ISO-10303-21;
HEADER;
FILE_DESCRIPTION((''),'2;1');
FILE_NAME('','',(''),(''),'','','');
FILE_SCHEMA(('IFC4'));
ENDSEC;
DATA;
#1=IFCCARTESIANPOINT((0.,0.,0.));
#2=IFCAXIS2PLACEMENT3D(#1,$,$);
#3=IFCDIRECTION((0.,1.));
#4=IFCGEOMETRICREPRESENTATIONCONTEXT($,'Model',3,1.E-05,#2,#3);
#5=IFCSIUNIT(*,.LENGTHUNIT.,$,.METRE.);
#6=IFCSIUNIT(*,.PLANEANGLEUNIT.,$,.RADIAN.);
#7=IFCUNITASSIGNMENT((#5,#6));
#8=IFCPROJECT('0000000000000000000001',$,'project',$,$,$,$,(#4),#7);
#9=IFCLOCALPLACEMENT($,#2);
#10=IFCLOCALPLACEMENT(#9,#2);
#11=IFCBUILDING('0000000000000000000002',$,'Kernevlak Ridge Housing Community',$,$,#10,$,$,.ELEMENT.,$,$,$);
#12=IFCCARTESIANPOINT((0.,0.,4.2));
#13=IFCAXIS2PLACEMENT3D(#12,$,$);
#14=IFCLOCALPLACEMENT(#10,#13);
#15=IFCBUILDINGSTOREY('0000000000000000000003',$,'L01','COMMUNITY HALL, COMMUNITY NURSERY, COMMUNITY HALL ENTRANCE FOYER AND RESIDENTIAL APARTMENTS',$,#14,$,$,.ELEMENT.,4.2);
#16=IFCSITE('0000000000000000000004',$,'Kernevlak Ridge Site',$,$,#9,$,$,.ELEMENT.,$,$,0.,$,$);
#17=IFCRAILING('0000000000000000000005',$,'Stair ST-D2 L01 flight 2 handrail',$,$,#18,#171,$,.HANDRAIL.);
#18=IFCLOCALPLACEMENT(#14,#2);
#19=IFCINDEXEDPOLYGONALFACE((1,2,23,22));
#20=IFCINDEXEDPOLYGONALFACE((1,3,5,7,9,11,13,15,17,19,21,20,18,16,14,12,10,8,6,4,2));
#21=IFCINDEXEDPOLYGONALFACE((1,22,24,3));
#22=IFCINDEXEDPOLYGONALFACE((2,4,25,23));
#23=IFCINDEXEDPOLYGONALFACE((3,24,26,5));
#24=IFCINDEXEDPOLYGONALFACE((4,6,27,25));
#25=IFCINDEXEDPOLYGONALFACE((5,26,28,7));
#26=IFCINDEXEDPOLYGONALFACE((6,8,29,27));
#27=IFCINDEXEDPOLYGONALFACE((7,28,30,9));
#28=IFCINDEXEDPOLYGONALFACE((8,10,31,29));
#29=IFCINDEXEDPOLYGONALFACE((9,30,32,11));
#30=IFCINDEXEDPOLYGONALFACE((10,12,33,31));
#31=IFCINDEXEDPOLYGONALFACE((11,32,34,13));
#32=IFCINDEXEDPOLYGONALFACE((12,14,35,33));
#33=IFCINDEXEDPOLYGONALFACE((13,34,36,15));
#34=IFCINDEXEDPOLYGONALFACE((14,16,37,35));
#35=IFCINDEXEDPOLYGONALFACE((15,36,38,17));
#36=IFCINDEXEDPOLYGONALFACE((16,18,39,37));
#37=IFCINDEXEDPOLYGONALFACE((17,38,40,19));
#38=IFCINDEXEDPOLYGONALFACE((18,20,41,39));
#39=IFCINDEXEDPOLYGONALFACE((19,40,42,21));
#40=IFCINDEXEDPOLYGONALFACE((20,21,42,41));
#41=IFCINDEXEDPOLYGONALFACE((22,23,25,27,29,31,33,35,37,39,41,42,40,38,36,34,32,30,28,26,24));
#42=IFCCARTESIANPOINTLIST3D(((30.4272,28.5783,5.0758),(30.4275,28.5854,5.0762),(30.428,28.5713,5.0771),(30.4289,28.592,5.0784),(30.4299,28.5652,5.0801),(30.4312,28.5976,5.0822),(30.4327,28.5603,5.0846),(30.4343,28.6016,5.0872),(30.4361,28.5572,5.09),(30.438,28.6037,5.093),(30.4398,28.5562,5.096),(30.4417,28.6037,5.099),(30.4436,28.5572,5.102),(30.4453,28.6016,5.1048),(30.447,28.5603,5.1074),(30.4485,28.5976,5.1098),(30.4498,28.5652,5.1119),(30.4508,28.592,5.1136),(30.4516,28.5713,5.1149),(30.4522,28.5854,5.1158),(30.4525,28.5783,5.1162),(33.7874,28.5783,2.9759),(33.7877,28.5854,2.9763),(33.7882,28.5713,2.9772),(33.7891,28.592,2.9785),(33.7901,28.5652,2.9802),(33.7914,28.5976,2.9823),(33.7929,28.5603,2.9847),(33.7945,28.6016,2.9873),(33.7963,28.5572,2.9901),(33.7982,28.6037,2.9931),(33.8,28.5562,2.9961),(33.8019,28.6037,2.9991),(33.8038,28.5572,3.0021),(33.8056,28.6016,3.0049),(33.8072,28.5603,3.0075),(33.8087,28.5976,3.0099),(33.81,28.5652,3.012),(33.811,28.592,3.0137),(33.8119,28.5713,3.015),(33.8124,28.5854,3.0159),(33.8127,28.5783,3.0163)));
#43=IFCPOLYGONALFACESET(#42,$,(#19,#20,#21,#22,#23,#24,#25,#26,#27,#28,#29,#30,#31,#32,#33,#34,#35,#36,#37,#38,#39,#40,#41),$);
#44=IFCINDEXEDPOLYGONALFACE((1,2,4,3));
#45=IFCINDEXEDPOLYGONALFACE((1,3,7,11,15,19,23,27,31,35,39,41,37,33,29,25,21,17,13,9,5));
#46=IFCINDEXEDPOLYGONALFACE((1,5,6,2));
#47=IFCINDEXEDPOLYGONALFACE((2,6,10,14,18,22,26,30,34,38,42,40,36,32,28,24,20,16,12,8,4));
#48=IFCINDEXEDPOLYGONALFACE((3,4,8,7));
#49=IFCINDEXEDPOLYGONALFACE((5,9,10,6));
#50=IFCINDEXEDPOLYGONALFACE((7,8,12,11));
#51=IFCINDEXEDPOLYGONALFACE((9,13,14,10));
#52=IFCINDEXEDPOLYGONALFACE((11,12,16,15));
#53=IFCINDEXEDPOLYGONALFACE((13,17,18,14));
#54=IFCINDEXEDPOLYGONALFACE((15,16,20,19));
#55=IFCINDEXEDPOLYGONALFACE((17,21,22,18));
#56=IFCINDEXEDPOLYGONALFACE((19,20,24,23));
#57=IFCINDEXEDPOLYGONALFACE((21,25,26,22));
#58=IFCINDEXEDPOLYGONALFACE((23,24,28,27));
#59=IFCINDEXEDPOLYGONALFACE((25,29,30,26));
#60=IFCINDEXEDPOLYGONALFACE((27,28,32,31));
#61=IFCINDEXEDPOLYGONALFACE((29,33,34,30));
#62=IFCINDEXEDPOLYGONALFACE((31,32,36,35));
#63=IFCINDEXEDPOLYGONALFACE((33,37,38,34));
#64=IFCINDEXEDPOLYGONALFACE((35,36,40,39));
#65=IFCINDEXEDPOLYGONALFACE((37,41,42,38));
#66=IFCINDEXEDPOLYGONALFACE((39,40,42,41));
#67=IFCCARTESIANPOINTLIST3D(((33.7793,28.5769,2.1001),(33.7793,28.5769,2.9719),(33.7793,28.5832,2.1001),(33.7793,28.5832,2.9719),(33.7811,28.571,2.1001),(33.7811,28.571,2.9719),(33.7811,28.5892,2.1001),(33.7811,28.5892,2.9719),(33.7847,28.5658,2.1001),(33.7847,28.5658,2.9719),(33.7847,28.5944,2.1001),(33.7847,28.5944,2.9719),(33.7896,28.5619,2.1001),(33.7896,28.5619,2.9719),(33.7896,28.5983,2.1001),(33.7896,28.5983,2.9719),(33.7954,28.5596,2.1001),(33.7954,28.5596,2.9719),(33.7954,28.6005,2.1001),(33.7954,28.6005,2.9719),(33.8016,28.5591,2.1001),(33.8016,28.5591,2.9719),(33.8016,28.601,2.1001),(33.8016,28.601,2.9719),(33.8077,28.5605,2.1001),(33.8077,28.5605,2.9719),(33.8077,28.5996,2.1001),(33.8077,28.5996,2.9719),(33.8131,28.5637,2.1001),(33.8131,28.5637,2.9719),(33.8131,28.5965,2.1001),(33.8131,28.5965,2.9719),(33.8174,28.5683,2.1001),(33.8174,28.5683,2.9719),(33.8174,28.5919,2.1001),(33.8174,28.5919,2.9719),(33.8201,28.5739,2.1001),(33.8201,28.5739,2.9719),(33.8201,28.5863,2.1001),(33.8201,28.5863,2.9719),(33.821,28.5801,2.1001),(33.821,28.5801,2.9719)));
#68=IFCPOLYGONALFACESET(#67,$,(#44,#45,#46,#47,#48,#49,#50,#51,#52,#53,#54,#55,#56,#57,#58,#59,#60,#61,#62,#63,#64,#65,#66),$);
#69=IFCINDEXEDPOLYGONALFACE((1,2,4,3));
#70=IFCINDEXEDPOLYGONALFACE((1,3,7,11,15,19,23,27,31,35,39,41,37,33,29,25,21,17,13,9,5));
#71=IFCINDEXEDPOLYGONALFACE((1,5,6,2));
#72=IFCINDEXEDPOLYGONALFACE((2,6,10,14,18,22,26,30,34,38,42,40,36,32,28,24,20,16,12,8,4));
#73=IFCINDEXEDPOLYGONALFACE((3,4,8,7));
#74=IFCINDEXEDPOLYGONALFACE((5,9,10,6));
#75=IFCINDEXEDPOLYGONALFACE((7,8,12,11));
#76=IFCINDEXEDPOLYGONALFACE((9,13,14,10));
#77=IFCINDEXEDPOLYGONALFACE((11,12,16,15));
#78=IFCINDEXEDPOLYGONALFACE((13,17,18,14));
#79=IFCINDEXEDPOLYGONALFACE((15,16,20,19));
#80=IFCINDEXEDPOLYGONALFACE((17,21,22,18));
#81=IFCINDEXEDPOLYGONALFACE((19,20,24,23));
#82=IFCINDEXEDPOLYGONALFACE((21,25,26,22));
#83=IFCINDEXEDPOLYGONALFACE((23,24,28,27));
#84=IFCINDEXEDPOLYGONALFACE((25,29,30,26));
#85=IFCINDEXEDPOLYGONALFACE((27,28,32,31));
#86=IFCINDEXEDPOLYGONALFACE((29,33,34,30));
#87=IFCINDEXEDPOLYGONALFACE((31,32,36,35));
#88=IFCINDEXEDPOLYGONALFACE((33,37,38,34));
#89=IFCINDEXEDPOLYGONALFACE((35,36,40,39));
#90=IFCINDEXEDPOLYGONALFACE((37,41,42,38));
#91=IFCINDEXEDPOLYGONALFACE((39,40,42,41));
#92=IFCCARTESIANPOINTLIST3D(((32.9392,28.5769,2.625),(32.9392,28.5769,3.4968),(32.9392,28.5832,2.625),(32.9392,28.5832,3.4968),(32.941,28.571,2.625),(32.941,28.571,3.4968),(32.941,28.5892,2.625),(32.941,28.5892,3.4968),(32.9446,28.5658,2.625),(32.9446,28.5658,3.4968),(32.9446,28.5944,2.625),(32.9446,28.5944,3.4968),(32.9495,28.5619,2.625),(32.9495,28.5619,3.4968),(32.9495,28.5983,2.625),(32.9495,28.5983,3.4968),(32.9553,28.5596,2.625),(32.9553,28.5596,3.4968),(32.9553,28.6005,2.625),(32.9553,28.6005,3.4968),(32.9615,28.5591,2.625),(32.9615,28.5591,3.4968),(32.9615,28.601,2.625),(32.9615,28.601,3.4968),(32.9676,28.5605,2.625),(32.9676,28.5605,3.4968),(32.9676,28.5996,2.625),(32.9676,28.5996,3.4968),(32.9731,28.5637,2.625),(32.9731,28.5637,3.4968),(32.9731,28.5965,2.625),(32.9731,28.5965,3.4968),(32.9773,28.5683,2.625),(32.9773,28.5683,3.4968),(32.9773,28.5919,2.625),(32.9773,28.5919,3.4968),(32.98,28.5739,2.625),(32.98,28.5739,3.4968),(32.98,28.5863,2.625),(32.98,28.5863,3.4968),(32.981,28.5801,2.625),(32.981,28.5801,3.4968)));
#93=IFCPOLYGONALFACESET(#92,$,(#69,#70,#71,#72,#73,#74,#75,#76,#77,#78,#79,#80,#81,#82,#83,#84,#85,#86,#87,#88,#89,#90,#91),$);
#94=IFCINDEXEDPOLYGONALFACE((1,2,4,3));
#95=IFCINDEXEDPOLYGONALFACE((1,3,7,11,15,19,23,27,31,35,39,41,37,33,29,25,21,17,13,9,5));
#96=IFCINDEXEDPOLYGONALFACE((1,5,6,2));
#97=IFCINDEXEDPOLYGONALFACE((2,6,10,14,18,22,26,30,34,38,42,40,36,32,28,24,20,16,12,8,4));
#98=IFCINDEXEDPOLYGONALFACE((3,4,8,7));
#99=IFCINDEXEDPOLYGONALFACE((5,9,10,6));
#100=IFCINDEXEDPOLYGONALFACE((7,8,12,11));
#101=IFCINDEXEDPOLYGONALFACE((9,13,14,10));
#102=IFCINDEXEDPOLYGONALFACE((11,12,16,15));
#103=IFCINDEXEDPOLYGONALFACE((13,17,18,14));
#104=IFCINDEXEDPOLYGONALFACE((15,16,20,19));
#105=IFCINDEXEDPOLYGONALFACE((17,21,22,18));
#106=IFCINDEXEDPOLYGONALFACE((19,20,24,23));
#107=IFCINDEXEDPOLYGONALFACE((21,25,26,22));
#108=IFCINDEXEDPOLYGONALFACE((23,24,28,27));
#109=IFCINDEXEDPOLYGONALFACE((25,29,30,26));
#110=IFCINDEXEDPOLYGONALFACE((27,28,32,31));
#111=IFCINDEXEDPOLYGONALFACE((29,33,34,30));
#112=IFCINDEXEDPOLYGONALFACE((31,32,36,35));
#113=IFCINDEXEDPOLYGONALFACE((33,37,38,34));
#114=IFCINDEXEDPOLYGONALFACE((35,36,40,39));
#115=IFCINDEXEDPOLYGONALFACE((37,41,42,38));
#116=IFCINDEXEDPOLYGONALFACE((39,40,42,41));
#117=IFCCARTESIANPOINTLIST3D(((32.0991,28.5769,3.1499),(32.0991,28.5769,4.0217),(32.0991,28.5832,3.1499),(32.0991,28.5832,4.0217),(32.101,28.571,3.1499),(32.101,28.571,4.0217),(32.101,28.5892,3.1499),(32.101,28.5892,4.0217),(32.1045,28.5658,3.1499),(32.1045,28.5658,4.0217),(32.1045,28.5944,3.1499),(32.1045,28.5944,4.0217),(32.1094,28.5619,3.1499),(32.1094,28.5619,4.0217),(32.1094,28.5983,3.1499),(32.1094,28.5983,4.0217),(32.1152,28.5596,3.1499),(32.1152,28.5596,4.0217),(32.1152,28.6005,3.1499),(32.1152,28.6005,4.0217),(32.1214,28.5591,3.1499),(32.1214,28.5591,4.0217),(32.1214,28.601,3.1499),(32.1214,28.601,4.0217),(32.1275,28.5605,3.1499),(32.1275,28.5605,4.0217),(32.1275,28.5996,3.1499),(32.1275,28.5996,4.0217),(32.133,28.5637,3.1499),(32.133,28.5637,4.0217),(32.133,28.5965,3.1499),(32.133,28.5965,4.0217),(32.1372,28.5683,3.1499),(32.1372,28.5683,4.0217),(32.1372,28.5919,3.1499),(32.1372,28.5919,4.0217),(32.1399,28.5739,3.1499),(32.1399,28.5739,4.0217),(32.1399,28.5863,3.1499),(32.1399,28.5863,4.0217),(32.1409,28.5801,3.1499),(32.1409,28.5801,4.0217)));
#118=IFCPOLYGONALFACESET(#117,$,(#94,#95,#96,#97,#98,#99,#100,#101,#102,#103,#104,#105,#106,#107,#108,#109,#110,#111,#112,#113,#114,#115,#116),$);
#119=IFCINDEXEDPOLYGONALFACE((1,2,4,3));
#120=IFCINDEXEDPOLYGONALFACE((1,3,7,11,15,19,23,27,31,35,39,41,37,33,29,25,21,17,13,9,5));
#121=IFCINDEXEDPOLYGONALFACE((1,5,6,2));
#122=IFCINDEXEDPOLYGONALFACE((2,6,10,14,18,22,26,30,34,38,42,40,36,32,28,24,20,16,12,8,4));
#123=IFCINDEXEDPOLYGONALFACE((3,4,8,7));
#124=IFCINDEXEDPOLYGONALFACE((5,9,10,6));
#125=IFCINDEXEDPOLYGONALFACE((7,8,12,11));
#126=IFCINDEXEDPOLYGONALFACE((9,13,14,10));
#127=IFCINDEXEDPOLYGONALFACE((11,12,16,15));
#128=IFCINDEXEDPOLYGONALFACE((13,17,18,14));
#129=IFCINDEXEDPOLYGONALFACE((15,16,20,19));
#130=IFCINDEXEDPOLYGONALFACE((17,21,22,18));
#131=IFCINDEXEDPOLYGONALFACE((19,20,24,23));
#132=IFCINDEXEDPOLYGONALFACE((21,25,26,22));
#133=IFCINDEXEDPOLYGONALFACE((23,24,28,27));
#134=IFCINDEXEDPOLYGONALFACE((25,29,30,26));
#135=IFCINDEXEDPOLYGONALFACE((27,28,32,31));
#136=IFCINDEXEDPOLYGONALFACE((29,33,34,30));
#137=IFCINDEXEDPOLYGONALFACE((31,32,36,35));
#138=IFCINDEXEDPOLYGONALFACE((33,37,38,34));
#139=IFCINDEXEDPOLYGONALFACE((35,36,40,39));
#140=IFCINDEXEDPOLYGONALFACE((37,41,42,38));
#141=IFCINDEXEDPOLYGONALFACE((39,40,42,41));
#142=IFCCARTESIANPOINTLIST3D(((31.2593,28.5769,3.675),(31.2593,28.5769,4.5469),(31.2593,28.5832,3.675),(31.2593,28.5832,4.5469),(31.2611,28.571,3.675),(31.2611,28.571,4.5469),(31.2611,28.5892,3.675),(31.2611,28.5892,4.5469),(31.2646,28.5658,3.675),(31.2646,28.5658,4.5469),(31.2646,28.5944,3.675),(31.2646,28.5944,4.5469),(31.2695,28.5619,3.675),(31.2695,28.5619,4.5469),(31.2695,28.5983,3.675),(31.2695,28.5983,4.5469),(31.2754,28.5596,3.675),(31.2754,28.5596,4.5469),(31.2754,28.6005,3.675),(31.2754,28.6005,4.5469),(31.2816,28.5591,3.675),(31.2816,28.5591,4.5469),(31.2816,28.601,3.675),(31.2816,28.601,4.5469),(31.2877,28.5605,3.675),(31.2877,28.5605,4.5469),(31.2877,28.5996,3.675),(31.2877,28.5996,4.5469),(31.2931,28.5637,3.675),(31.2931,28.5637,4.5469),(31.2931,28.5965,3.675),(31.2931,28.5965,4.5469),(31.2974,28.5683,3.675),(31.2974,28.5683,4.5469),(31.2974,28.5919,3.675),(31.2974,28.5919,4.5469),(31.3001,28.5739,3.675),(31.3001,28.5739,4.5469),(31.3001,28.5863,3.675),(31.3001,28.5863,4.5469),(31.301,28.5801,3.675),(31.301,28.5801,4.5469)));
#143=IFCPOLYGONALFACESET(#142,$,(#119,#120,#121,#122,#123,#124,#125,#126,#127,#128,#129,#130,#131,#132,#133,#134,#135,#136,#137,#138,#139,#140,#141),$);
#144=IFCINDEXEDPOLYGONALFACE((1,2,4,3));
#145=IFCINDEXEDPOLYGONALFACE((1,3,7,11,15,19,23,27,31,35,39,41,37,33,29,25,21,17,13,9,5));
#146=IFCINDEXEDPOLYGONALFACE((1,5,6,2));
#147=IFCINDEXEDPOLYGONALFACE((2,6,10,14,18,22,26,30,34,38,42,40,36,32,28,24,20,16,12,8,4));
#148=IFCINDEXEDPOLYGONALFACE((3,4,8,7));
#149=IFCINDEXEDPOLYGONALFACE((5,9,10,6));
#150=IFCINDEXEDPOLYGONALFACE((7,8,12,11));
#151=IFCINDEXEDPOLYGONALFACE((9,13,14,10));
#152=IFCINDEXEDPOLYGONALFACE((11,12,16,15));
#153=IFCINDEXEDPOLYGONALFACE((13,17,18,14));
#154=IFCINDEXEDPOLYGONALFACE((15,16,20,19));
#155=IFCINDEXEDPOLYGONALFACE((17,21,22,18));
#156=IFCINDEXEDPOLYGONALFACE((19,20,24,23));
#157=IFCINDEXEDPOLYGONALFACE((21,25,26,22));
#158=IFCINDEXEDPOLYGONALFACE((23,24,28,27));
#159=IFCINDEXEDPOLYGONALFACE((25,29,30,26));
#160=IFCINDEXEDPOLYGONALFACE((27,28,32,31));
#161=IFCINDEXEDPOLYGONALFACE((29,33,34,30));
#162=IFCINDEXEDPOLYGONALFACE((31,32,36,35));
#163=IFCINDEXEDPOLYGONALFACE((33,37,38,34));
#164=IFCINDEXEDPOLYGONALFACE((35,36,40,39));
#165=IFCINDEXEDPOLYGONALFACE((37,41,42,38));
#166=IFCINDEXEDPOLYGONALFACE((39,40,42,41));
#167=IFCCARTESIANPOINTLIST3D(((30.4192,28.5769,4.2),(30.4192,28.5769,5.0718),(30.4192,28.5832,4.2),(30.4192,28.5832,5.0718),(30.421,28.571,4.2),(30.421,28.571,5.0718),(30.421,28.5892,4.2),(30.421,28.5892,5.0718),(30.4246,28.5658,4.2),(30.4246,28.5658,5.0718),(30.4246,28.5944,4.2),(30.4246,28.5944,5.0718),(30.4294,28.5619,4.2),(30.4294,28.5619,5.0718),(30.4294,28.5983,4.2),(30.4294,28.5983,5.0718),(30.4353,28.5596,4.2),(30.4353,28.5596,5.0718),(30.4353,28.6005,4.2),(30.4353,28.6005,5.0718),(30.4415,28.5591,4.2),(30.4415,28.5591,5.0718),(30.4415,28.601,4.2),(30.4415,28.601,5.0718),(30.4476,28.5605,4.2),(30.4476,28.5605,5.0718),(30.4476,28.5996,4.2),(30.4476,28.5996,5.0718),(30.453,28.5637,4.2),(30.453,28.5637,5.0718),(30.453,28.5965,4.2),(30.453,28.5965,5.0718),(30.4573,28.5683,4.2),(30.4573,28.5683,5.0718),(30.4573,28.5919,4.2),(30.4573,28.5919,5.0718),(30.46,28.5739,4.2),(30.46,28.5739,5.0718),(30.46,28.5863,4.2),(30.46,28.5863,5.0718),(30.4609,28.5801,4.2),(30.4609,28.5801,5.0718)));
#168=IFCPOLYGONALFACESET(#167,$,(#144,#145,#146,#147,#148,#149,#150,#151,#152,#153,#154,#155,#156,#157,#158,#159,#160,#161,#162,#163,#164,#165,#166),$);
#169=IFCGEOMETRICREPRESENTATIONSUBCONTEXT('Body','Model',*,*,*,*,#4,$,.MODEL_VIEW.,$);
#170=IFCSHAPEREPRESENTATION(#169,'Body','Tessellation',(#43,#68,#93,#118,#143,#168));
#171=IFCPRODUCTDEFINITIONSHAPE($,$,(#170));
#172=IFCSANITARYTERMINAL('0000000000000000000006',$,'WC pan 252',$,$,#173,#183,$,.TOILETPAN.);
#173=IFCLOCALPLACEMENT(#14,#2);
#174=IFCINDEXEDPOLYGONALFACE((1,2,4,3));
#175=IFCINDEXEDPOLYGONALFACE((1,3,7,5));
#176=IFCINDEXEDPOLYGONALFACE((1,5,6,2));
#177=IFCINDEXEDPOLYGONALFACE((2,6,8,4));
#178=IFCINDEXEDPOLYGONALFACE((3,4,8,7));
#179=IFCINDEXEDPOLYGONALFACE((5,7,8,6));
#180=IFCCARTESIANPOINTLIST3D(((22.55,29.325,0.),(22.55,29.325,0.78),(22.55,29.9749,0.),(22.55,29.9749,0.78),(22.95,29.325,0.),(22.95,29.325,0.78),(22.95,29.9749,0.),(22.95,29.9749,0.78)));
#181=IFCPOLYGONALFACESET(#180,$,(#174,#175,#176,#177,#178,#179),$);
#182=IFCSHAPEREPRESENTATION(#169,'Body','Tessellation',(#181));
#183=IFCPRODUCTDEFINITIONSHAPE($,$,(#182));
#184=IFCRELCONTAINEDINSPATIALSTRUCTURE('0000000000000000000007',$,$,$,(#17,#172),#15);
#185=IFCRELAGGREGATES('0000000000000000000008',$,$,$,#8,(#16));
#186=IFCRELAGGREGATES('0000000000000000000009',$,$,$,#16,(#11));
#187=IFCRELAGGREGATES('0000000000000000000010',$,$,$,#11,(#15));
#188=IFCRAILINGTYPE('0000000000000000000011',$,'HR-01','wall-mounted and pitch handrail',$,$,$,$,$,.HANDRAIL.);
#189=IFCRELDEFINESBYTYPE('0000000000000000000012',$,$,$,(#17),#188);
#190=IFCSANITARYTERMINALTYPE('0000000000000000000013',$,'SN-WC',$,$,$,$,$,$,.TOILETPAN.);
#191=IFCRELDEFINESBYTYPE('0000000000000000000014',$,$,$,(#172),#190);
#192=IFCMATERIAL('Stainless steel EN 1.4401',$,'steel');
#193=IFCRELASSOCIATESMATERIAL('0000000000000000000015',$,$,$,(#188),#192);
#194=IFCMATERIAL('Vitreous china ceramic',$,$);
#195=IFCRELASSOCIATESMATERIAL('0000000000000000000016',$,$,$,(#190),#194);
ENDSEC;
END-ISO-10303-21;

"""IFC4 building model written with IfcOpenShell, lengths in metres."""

from ifc_helpers import new_model, si_unit, direction, frame, origin, origin_2d, place, context, subcontext, project, spatial, rectangle, circle, extrude, material, type_object, element, save


model = new_model("IFC4")

# Units and contexts
model_context = context("Model", 3, precision=1e-05, world=origin(), true_north=direction((0.0, 1.0)))
body_context = subcontext(model_context, "Body", "Model", "MODEL_VIEW")
ifc_project = project(units=[si_unit("LENGTHUNIT", "METRE"), si_unit("PLANEANGLEUNIT", "RADIAN")], contexts=[model_context])

# Site, building, storey
site_placement = place(None, origin())
site = spatial("IfcSite", under=ifc_project, at=site_placement, Name="Kernevlak Ridge Site", CompositionType="ELEMENT", RefElevation=0.0)
building_placement = place(site_placement, origin())
building = spatial("IfcBuilding", under=site, at=building_placement, Name="Kernevlak Ridge Housing Community", CompositionType="ELEMENT")
storey_placement = place(building_placement, frame((0.0, 0.0, 4.2)))
storey = spatial("IfcBuildingStorey", under=building, at=storey_placement, Name="L01", Description="COMMUNITY HALL, COMMUNITY NURSERY, COMMUNITY HALL ENTRANCE FOYER AND RESIDENTIAL APARTMENTS", CompositionType="ELEMENT", Elevation=4.2)

# Railing
ifc_material_1 = material(Name="Stainless steel EN 1.4401", Category="steel")
railing_type_1 = type_object("IfcRailingType", Name="HR-01", Description="wall-mounted and pitch handrail", PredefinedType="HANDRAIL", material=ifc_material_1)
railing_1_placement = place(storey_placement, frame((33.8, 28.5801, 2.1001)))
element("IfcRailing", 1, at=railing_1_placement, inside=storey, type_object=railing_type_1, Name="Stair ST-D2 L01 flight 2 handrail", PredefinedType="HANDRAIL", context=body_context, shape_type="SweptSolid", body=[
    extrude(circle(Radius=0.0239, at=origin_2d()), frame((0.0, 0.0, 0.896), z_axis=(-0.848023, 0.0, 0.52996), x_axis=(0.0, -1.0, 0.0)), (0.0, 0.0, 1.0), 3.9624),
    extrude(circle(Radius=0.021, at=origin_2d()), origin(), (0.0, 0.0, 1.0), 0.8718),
    extrude(circle(Radius=0.021, at=origin_2d()), frame((-0.8401, 0.0, 0.5249)), (0.0, 0.0, 1.0), 0.8718),
    extrude(circle(Radius=0.021, at=origin_2d()), frame((-1.6802, 0.0, 1.0498)), (0.0, 0.0, 1.0), 0.8718),
    extrude(circle(Radius=0.021, at=origin_2d()), frame((-2.52, 0.0, 1.575)), (0.0, 0.0, 1.0), 0.8718),
    extrude(circle(Radius=0.021, at=origin_2d()), frame((-3.3601, 0.0, 2.0999)), (0.0, 0.0, 1.0), 0.8718),
])

# Sanitary terminal
ifc_material_2 = material(Name="Vitreous china ceramic")
sanitary_terminal_type = type_object("IfcSanitaryTerminalType", Name="SN-WC", PredefinedType="TOILETPAN", material=ifc_material_2)
sanitary_terminal_placement = place(storey_placement, frame((22.75, 29.6499, 0.0), z_axis=(0.0, 0.0, 1.0), x_axis=(1.0, 0.0, 0.0)))
element("IfcSanitaryTerminal", 2, at=sanitary_terminal_placement, inside=storey, type_object=sanitary_terminal_type, Name="WC pan 252", PredefinedType="TOILETPAN", context=body_context, shape_type="SweptSolid", body=[
    extrude(rectangle(XDim=0.3999, YDim=0.6499, at=origin_2d()), origin(), (0.0, 0.0, 1.0), 0.78),
])

save(model, "model.ifc")
